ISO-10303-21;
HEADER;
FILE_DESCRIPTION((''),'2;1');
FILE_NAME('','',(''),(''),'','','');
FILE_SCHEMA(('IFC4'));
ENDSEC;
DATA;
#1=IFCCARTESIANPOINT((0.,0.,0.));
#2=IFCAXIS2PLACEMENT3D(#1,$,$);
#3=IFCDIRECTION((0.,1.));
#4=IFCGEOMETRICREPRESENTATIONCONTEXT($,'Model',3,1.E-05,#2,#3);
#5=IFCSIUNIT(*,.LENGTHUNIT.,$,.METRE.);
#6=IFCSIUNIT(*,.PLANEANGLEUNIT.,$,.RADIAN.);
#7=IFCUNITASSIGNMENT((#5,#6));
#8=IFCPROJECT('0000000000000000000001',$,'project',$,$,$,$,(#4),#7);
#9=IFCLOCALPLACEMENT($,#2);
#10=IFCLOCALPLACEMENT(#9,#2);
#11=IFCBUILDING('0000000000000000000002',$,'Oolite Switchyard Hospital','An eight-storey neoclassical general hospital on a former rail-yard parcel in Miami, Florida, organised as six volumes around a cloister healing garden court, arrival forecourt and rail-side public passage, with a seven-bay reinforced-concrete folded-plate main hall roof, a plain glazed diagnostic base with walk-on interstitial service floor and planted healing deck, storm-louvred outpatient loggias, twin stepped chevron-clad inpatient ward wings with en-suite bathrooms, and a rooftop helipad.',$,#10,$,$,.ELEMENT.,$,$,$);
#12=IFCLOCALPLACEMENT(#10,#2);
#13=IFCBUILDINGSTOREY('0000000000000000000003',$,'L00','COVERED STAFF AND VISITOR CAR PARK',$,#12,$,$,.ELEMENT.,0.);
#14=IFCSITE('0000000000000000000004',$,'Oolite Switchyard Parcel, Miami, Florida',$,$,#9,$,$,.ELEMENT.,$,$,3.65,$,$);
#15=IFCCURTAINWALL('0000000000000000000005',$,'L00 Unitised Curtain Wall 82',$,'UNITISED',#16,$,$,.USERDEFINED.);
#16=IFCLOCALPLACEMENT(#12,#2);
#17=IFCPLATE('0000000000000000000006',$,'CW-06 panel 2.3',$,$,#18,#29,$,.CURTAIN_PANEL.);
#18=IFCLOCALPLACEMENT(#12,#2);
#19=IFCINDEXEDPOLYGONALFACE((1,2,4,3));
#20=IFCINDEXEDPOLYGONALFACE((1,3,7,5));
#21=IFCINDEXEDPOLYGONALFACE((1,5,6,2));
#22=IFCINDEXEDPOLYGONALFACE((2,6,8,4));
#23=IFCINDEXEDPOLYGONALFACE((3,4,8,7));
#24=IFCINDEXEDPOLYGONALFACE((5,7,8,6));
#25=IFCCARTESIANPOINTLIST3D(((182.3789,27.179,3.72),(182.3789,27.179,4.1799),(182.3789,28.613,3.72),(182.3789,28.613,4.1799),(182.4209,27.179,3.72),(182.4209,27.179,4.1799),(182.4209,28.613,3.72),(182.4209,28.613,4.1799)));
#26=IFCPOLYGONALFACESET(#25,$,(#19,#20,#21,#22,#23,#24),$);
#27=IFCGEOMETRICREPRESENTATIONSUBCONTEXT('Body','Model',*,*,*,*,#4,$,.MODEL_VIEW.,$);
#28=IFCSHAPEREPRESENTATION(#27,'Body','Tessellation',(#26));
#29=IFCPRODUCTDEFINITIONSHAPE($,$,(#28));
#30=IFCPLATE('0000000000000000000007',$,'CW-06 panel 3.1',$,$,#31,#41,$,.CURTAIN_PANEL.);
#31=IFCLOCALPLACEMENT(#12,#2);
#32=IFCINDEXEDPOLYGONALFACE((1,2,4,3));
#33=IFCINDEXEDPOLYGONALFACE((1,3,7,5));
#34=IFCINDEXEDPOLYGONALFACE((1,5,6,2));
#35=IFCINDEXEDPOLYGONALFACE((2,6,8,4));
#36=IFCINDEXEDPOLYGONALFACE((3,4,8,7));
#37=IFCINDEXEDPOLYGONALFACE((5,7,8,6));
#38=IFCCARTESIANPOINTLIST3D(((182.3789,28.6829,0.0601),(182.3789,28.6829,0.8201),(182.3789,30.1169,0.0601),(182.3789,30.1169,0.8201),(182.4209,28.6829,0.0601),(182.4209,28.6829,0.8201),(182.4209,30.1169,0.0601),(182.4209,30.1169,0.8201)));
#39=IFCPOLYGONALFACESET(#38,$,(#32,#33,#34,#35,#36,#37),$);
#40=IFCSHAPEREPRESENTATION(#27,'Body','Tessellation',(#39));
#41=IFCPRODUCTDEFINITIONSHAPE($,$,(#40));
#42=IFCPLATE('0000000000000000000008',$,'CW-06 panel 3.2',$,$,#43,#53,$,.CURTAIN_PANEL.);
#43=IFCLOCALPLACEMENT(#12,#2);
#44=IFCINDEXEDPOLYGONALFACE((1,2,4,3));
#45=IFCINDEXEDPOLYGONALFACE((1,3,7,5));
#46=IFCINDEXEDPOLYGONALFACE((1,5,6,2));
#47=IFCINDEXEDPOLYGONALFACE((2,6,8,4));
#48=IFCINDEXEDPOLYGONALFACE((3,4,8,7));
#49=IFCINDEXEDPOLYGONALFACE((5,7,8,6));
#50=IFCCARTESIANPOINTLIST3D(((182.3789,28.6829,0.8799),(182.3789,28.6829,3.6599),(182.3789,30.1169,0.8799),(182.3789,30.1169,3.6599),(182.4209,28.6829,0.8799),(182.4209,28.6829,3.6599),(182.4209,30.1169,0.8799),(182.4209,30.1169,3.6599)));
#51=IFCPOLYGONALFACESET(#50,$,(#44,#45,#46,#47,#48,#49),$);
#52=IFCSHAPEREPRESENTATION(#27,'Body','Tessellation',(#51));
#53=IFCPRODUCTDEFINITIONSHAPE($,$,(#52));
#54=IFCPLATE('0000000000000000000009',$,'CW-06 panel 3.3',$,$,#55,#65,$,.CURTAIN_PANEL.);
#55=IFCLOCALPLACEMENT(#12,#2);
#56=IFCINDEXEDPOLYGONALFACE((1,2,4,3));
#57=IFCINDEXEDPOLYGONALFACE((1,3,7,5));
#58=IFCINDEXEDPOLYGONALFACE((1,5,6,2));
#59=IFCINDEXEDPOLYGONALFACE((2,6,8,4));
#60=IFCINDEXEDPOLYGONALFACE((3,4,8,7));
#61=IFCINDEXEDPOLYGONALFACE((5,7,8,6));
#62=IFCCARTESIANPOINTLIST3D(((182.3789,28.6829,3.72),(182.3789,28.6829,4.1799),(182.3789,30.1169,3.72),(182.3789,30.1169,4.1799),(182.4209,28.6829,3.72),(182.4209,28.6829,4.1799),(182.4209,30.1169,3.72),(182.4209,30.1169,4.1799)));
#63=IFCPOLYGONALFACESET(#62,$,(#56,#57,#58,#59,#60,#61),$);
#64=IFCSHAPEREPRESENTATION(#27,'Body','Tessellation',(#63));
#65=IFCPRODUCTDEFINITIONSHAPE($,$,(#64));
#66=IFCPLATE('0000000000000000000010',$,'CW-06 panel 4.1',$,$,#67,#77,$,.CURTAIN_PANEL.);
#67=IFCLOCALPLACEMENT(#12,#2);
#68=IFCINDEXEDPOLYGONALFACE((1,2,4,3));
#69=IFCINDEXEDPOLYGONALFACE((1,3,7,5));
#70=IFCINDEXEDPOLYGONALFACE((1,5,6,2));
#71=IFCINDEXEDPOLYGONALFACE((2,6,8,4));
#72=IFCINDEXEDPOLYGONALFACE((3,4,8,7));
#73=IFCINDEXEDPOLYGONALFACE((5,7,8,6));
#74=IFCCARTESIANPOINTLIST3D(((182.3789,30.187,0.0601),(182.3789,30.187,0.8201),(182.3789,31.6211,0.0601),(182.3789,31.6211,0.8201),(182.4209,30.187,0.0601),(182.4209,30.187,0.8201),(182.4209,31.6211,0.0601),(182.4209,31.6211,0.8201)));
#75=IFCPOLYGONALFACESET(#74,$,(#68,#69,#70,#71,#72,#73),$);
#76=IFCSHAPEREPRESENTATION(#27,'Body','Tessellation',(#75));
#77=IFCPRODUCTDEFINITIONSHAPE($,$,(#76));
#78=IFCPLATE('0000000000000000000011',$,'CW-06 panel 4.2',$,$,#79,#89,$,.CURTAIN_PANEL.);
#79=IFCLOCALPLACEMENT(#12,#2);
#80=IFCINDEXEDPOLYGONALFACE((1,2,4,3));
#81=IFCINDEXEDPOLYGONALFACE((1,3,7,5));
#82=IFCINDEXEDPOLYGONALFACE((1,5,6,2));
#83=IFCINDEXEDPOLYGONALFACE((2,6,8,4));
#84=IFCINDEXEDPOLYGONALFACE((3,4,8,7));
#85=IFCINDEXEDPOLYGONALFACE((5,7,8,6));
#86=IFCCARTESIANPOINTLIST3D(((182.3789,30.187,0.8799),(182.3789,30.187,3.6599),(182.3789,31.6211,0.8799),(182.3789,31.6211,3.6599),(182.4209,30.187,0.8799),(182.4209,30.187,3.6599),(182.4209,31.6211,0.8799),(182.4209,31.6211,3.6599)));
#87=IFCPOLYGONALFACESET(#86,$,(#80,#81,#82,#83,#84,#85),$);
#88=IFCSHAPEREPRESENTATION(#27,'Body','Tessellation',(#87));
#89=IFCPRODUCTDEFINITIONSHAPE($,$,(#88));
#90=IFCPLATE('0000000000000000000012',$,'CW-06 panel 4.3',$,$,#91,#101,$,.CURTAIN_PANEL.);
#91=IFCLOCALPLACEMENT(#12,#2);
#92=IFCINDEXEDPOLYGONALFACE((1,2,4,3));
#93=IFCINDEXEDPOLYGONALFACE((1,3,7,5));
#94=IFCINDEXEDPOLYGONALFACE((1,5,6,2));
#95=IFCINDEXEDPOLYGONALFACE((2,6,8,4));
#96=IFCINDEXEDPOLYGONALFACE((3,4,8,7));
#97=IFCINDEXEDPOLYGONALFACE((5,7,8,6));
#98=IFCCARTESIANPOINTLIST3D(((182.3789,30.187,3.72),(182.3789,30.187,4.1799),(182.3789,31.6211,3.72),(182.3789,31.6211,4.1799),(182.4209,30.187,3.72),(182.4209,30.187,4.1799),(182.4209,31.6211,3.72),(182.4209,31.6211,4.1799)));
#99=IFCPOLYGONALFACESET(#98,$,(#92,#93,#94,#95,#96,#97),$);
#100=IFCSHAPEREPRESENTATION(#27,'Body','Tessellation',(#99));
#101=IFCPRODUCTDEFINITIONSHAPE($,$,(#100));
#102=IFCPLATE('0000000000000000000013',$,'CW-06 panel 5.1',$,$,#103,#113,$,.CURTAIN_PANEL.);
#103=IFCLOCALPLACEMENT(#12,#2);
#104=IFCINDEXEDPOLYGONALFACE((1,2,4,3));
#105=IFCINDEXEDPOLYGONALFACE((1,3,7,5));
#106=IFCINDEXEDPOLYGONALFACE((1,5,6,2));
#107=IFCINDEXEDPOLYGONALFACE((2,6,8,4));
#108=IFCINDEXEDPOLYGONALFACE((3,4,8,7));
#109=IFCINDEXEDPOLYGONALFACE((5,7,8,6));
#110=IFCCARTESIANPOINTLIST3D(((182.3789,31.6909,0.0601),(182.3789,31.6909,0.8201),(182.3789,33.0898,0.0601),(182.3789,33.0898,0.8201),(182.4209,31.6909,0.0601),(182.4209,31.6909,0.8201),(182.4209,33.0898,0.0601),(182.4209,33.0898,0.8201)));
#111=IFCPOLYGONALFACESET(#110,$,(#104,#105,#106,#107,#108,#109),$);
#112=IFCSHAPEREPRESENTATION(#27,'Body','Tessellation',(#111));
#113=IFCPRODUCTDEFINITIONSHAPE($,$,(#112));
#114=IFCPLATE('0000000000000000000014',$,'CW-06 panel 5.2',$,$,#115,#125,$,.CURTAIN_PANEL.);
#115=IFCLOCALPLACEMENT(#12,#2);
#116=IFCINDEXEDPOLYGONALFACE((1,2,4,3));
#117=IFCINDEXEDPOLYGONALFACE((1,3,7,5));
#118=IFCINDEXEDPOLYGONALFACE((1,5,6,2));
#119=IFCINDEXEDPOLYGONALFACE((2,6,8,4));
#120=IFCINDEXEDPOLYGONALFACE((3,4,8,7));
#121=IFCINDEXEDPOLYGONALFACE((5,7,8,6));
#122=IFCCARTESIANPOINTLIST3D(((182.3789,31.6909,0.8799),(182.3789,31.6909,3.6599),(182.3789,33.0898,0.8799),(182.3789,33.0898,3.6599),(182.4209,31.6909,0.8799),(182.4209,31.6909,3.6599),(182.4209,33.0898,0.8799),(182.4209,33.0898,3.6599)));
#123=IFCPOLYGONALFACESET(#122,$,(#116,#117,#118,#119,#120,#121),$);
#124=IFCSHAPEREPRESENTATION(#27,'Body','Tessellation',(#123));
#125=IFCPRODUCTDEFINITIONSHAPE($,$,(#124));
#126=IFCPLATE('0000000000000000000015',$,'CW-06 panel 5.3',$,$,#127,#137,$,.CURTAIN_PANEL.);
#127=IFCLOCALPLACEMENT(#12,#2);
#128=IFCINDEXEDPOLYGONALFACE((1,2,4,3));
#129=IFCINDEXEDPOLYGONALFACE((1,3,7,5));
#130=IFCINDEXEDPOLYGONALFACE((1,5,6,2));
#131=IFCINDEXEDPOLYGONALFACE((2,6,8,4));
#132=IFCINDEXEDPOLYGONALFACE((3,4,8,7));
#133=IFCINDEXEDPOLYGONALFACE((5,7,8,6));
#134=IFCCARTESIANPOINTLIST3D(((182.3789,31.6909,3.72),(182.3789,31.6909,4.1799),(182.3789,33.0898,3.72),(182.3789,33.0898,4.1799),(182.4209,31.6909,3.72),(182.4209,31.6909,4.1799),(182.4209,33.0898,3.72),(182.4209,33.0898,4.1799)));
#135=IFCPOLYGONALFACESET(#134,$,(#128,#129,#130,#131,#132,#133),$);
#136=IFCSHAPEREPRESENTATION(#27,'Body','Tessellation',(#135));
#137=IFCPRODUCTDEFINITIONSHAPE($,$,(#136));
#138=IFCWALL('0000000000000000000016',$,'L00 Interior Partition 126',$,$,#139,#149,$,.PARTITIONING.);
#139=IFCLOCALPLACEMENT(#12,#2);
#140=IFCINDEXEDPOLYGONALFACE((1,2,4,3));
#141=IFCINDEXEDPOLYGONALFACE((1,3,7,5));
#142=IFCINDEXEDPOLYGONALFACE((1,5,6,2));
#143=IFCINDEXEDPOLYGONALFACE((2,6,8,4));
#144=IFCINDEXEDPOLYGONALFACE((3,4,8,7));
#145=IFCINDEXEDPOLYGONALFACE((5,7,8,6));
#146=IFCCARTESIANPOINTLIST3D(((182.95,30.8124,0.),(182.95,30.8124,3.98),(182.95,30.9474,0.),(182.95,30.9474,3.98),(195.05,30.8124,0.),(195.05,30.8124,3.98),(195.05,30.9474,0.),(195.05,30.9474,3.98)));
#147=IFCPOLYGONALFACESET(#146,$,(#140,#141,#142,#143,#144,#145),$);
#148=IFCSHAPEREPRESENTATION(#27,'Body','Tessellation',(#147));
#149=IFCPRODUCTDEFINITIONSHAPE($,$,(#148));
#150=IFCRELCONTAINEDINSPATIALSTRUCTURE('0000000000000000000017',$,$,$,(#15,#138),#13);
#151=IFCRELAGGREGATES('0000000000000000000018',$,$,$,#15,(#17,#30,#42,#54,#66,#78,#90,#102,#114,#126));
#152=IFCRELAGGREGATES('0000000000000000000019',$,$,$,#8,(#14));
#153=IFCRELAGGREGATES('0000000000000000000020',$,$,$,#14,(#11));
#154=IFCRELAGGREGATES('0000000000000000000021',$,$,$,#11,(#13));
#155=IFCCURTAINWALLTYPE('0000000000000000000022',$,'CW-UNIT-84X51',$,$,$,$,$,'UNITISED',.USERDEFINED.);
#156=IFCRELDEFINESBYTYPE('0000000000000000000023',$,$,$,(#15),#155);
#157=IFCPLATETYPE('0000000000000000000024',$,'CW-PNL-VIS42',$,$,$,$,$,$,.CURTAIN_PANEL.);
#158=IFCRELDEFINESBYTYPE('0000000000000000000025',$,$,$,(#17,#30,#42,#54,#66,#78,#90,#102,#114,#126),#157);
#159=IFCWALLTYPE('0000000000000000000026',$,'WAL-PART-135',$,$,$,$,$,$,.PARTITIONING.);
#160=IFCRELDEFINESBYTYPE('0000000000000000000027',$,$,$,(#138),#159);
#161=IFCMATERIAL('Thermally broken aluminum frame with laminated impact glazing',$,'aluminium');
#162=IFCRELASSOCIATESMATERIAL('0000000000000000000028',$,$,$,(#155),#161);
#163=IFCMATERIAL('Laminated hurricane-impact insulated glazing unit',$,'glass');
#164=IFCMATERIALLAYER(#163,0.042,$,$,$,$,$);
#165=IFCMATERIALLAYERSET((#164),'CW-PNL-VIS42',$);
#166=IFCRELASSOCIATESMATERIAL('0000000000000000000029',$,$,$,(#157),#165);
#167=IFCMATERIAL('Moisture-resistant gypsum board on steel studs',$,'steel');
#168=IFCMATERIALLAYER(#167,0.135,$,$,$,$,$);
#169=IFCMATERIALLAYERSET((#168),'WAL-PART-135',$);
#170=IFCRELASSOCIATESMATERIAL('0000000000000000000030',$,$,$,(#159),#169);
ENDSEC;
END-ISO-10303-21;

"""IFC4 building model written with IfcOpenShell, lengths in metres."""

from ifc_helpers import new_model, si_unit, direction, frame, frame_2d, origin, origin_2d, place, context, subcontext, project, spatial, rectangle, extrude, material, layer, layer_set, type_object, element, aggregate, save


model = new_model("IFC4")

# Units and contexts
model_context = context("Model", 3, precision=1e-05, world=origin(), true_north=direction((0.0, 1.0)))
body_context = subcontext(model_context, "Body", "Model", "MODEL_VIEW")
ifc_project = project(units=[si_unit("LENGTHUNIT", "METRE"), si_unit("PLANEANGLEUNIT", "RADIAN")], contexts=[model_context])

# Site, building, storey
site_placement = place(None, origin())
site = spatial("IfcSite", under=ifc_project, at=site_placement, Name="Oolite Switchyard Parcel, Miami, Florida", CompositionType="ELEMENT", RefElevation=3.65)
building_placement = place(site_placement, origin())
building = spatial("IfcBuilding", under=site, at=building_placement, Name="Oolite Switchyard Hospital", Description="An eight-storey neoclassical general hospital on a former rail-yard parcel in Miami, Florida, organised as six volumes around a cloister healing garden court, arrival forecourt and rail-side public passage, with a seven-bay reinforced-concrete folded-plate main hall roof, a plain glazed diagnostic base with walk-on interstitial service floor and planted healing deck, storm-louvred outpatient loggias, twin stepped chevron-clad inpatient ward wings with en-suite bathrooms, and a rooftop helipad.", CompositionType="ELEMENT")
storey_placement = place(building_placement, origin())
storey = spatial("IfcBuildingStorey", under=building, at=storey_placement, Name="L00", Description="COVERED STAFF AND VISITOR CAR PARK", CompositionType="ELEMENT", Elevation=0.0)

# Curtain wall, plates
ifc_material_1 = material(Name="Thermally broken aluminum frame with laminated impact glazing", Category="aluminium")
curtain_wall_type = type_object("IfcCurtainWallType", Name="CW-UNIT-84X51", ElementType="UNITISED", PredefinedType="USERDEFINED", material=ifc_material_1)
curtain_wall_placement = place(storey_placement, origin())
curtain_wall = element("IfcCurtainWall", 1, at=curtain_wall_placement, inside=storey, type_object=curtain_wall_type, Name="L00 Unitised Curtain Wall 82", ObjectType="UNITISED", PredefinedType="USERDEFINED")
ifc_material_2 = material(Name="Laminated hurricane-impact insulated glazing unit", Category="glass")
ifc_layer_1 = layer(ifc_material_2, 0.042)
ifc_layer_set_1 = layer_set([ifc_layer_1], Name="CW-PNL-VIS42")
plate_type = type_object("IfcPlateType", Name="CW-PNL-VIS42", PredefinedType="CURTAIN_PANEL", material=ifc_layer_set_1)
plate_1_placement = place(storey_placement, frame((182.3999, 27.896, 3.72), z_axis=(0.0, 0.0, 1.0), x_axis=(0.0, 1.0, 0.0)))
plate_1 = element("IfcPlate", 2, at=plate_1_placement, type_object=plate_type, Name="CW-06 panel 2.3", PredefinedType="CURTAIN_PANEL", context=body_context, shape_type="SweptSolid", body=[
    extrude(rectangle(XDim=1.4341, YDim=0.042, at=origin_2d()), origin(), (0.0, 0.0, 1.0), 0.46),
])
plate_2_placement = place(storey_placement, frame((182.3999, 29.3999, 0.0601), z_axis=(0.0, 0.0, 1.0), x_axis=(0.0, 1.0, 0.0)))
plate_2 = element("IfcPlate", 3, at=plate_2_placement, type_object=plate_type, Name="CW-06 panel 3.1", PredefinedType="CURTAIN_PANEL", context=body_context, shape_type="SweptSolid", body=[
    extrude(rectangle(XDim=1.4341, YDim=0.042, at=origin_2d()), origin(), (0.0, 0.0, 1.0), 0.76),
])
plate_3_placement = place(storey_placement, frame((182.3999, 29.3999, 0.8799), z_axis=(0.0, 0.0, 1.0), x_axis=(0.0, 1.0, 0.0)))
plate_3 = element("IfcPlate", 4, at=plate_3_placement, type_object=plate_type, Name="CW-06 panel 3.2", PredefinedType="CURTAIN_PANEL", context=body_context, shape_type="SweptSolid", body=[
    extrude(rectangle(XDim=1.4341, YDim=0.042, at=origin_2d()), origin(), (0.0, 0.0, 1.0), 2.78),
])
plate_4_placement = place(storey_placement, frame((182.3999, 29.3999, 3.72), z_axis=(0.0, 0.0, 1.0), x_axis=(0.0, 1.0, 0.0)))
plate_4 = element("IfcPlate", 5, at=plate_4_placement, type_object=plate_type, Name="CW-06 panel 3.3", PredefinedType="CURTAIN_PANEL", context=body_context, shape_type="SweptSolid", body=[
    extrude(rectangle(XDim=1.4341, YDim=0.042, at=origin_2d()), origin(), (0.0, 0.0, 1.0), 0.46),
])
plate_5_placement = place(storey_placement, frame((182.3999, 30.9041, 0.0601), z_axis=(0.0, 0.0, 1.0), x_axis=(0.0, 1.0, 0.0)))
plate_5 = element("IfcPlate", 6, at=plate_5_placement, type_object=plate_type, Name="CW-06 panel 4.1", PredefinedType="CURTAIN_PANEL", context=body_context, shape_type="SweptSolid", body=[
    extrude(rectangle(XDim=1.4341, YDim=0.042, at=origin_2d()), origin(), (0.0, 0.0, 1.0), 0.76),
])
plate_6_placement = place(storey_placement, frame((182.3999, 30.9041, 0.8799), z_axis=(0.0, 0.0, 1.0), x_axis=(0.0, 1.0, 0.0)))
plate_6 = element("IfcPlate", 7, at=plate_6_placement, type_object=plate_type, Name="CW-06 panel 4.2", PredefinedType="CURTAIN_PANEL", context=body_context, shape_type="SweptSolid", body=[
    extrude(rectangle(XDim=1.4341, YDim=0.042, at=origin_2d()), origin(), (0.0, 0.0, 1.0), 2.78),
])
plate_7_placement = place(storey_placement, frame((182.3999, 30.9041, 3.72), z_axis=(0.0, 0.0, 1.0), x_axis=(0.0, 1.0, 0.0)))
plate_7 = element("IfcPlate", 8, at=plate_7_placement, type_object=plate_type, Name="CW-06 panel 4.3", PredefinedType="CURTAIN_PANEL", context=body_context, shape_type="SweptSolid", body=[
    extrude(rectangle(XDim=1.4341, YDim=0.042, at=origin_2d()), origin(), (0.0, 0.0, 1.0), 0.46),
])
plate_8_placement = place(storey_placement, frame((182.3999, 32.3904, 0.0601), z_axis=(0.0, 0.0, 1.0), x_axis=(0.0, 1.0, 0.0)))
plate_8 = element("IfcPlate", 9, at=plate_8_placement, type_object=plate_type, Name="CW-06 panel 5.1", PredefinedType="CURTAIN_PANEL", context=body_context, shape_type="SweptSolid", body=[
    extrude(rectangle(XDim=1.3989, YDim=0.042, at=origin_2d()), origin(), (0.0, 0.0, 1.0), 0.76),
])
plate_9_placement = place(storey_placement, frame((182.3999, 32.3904, 0.8799), z_axis=(0.0, 0.0, 1.0), x_axis=(0.0, 1.0, 0.0)))
plate_9 = element("IfcPlate", 10, at=plate_9_placement, type_object=plate_type, Name="CW-06 panel 5.2", PredefinedType="CURTAIN_PANEL", context=body_context, shape_type="SweptSolid", body=[
    extrude(rectangle(XDim=1.3989, YDim=0.042, at=origin_2d()), origin(), (0.0, 0.0, 1.0), 2.78),
])
plate_10_placement = place(storey_placement, frame((182.3999, 32.3904, 3.72), z_axis=(0.0, 0.0, 1.0), x_axis=(0.0, 1.0, 0.0)))
plate_10 = element("IfcPlate", 11, at=plate_10_placement, type_object=plate_type, Name="CW-06 panel 5.3", PredefinedType="CURTAIN_PANEL", context=body_context, shape_type="SweptSolid", body=[
    extrude(rectangle(XDim=1.3989, YDim=0.042, at=origin_2d()), origin(), (0.0, 0.0, 1.0), 0.46),
])
aggregate(curtain_wall, [plate_1, plate_2, plate_3, plate_4, plate_5, plate_6, plate_7, plate_8, plate_9, plate_10])

# Wall
ifc_material_3 = material(Name="Moisture-resistant gypsum board on steel studs", Category="steel")
ifc_layer_2 = layer(ifc_material_3, 0.135)
ifc_layer_set_2 = layer_set([ifc_layer_2], Name="WAL-PART-135")
wall_type = type_object("IfcWallType", Name="WAL-PART-135", PredefinedType="PARTITIONING", material=ifc_layer_set_2)
wall_placement = place(storey_placement, frame((182.95, 30.8799, 0.0), z_axis=(0.0, 0.0, 1.0), x_axis=(1.0, 0.0, 0.0)))
element("IfcWall", 12, at=wall_placement, inside=storey, type_object=wall_type, Name="L00 Interior Partition 126", PredefinedType="PARTITIONING", context=body_context, shape_type="SweptSolid", body=[
    extrude(rectangle(XDim=12.1001, YDim=0.135, at=frame_2d((6.05, 0.0))), origin(), (0.0, 0.0, 1.0), 3.98),
])

save(model, "model.ifc")
